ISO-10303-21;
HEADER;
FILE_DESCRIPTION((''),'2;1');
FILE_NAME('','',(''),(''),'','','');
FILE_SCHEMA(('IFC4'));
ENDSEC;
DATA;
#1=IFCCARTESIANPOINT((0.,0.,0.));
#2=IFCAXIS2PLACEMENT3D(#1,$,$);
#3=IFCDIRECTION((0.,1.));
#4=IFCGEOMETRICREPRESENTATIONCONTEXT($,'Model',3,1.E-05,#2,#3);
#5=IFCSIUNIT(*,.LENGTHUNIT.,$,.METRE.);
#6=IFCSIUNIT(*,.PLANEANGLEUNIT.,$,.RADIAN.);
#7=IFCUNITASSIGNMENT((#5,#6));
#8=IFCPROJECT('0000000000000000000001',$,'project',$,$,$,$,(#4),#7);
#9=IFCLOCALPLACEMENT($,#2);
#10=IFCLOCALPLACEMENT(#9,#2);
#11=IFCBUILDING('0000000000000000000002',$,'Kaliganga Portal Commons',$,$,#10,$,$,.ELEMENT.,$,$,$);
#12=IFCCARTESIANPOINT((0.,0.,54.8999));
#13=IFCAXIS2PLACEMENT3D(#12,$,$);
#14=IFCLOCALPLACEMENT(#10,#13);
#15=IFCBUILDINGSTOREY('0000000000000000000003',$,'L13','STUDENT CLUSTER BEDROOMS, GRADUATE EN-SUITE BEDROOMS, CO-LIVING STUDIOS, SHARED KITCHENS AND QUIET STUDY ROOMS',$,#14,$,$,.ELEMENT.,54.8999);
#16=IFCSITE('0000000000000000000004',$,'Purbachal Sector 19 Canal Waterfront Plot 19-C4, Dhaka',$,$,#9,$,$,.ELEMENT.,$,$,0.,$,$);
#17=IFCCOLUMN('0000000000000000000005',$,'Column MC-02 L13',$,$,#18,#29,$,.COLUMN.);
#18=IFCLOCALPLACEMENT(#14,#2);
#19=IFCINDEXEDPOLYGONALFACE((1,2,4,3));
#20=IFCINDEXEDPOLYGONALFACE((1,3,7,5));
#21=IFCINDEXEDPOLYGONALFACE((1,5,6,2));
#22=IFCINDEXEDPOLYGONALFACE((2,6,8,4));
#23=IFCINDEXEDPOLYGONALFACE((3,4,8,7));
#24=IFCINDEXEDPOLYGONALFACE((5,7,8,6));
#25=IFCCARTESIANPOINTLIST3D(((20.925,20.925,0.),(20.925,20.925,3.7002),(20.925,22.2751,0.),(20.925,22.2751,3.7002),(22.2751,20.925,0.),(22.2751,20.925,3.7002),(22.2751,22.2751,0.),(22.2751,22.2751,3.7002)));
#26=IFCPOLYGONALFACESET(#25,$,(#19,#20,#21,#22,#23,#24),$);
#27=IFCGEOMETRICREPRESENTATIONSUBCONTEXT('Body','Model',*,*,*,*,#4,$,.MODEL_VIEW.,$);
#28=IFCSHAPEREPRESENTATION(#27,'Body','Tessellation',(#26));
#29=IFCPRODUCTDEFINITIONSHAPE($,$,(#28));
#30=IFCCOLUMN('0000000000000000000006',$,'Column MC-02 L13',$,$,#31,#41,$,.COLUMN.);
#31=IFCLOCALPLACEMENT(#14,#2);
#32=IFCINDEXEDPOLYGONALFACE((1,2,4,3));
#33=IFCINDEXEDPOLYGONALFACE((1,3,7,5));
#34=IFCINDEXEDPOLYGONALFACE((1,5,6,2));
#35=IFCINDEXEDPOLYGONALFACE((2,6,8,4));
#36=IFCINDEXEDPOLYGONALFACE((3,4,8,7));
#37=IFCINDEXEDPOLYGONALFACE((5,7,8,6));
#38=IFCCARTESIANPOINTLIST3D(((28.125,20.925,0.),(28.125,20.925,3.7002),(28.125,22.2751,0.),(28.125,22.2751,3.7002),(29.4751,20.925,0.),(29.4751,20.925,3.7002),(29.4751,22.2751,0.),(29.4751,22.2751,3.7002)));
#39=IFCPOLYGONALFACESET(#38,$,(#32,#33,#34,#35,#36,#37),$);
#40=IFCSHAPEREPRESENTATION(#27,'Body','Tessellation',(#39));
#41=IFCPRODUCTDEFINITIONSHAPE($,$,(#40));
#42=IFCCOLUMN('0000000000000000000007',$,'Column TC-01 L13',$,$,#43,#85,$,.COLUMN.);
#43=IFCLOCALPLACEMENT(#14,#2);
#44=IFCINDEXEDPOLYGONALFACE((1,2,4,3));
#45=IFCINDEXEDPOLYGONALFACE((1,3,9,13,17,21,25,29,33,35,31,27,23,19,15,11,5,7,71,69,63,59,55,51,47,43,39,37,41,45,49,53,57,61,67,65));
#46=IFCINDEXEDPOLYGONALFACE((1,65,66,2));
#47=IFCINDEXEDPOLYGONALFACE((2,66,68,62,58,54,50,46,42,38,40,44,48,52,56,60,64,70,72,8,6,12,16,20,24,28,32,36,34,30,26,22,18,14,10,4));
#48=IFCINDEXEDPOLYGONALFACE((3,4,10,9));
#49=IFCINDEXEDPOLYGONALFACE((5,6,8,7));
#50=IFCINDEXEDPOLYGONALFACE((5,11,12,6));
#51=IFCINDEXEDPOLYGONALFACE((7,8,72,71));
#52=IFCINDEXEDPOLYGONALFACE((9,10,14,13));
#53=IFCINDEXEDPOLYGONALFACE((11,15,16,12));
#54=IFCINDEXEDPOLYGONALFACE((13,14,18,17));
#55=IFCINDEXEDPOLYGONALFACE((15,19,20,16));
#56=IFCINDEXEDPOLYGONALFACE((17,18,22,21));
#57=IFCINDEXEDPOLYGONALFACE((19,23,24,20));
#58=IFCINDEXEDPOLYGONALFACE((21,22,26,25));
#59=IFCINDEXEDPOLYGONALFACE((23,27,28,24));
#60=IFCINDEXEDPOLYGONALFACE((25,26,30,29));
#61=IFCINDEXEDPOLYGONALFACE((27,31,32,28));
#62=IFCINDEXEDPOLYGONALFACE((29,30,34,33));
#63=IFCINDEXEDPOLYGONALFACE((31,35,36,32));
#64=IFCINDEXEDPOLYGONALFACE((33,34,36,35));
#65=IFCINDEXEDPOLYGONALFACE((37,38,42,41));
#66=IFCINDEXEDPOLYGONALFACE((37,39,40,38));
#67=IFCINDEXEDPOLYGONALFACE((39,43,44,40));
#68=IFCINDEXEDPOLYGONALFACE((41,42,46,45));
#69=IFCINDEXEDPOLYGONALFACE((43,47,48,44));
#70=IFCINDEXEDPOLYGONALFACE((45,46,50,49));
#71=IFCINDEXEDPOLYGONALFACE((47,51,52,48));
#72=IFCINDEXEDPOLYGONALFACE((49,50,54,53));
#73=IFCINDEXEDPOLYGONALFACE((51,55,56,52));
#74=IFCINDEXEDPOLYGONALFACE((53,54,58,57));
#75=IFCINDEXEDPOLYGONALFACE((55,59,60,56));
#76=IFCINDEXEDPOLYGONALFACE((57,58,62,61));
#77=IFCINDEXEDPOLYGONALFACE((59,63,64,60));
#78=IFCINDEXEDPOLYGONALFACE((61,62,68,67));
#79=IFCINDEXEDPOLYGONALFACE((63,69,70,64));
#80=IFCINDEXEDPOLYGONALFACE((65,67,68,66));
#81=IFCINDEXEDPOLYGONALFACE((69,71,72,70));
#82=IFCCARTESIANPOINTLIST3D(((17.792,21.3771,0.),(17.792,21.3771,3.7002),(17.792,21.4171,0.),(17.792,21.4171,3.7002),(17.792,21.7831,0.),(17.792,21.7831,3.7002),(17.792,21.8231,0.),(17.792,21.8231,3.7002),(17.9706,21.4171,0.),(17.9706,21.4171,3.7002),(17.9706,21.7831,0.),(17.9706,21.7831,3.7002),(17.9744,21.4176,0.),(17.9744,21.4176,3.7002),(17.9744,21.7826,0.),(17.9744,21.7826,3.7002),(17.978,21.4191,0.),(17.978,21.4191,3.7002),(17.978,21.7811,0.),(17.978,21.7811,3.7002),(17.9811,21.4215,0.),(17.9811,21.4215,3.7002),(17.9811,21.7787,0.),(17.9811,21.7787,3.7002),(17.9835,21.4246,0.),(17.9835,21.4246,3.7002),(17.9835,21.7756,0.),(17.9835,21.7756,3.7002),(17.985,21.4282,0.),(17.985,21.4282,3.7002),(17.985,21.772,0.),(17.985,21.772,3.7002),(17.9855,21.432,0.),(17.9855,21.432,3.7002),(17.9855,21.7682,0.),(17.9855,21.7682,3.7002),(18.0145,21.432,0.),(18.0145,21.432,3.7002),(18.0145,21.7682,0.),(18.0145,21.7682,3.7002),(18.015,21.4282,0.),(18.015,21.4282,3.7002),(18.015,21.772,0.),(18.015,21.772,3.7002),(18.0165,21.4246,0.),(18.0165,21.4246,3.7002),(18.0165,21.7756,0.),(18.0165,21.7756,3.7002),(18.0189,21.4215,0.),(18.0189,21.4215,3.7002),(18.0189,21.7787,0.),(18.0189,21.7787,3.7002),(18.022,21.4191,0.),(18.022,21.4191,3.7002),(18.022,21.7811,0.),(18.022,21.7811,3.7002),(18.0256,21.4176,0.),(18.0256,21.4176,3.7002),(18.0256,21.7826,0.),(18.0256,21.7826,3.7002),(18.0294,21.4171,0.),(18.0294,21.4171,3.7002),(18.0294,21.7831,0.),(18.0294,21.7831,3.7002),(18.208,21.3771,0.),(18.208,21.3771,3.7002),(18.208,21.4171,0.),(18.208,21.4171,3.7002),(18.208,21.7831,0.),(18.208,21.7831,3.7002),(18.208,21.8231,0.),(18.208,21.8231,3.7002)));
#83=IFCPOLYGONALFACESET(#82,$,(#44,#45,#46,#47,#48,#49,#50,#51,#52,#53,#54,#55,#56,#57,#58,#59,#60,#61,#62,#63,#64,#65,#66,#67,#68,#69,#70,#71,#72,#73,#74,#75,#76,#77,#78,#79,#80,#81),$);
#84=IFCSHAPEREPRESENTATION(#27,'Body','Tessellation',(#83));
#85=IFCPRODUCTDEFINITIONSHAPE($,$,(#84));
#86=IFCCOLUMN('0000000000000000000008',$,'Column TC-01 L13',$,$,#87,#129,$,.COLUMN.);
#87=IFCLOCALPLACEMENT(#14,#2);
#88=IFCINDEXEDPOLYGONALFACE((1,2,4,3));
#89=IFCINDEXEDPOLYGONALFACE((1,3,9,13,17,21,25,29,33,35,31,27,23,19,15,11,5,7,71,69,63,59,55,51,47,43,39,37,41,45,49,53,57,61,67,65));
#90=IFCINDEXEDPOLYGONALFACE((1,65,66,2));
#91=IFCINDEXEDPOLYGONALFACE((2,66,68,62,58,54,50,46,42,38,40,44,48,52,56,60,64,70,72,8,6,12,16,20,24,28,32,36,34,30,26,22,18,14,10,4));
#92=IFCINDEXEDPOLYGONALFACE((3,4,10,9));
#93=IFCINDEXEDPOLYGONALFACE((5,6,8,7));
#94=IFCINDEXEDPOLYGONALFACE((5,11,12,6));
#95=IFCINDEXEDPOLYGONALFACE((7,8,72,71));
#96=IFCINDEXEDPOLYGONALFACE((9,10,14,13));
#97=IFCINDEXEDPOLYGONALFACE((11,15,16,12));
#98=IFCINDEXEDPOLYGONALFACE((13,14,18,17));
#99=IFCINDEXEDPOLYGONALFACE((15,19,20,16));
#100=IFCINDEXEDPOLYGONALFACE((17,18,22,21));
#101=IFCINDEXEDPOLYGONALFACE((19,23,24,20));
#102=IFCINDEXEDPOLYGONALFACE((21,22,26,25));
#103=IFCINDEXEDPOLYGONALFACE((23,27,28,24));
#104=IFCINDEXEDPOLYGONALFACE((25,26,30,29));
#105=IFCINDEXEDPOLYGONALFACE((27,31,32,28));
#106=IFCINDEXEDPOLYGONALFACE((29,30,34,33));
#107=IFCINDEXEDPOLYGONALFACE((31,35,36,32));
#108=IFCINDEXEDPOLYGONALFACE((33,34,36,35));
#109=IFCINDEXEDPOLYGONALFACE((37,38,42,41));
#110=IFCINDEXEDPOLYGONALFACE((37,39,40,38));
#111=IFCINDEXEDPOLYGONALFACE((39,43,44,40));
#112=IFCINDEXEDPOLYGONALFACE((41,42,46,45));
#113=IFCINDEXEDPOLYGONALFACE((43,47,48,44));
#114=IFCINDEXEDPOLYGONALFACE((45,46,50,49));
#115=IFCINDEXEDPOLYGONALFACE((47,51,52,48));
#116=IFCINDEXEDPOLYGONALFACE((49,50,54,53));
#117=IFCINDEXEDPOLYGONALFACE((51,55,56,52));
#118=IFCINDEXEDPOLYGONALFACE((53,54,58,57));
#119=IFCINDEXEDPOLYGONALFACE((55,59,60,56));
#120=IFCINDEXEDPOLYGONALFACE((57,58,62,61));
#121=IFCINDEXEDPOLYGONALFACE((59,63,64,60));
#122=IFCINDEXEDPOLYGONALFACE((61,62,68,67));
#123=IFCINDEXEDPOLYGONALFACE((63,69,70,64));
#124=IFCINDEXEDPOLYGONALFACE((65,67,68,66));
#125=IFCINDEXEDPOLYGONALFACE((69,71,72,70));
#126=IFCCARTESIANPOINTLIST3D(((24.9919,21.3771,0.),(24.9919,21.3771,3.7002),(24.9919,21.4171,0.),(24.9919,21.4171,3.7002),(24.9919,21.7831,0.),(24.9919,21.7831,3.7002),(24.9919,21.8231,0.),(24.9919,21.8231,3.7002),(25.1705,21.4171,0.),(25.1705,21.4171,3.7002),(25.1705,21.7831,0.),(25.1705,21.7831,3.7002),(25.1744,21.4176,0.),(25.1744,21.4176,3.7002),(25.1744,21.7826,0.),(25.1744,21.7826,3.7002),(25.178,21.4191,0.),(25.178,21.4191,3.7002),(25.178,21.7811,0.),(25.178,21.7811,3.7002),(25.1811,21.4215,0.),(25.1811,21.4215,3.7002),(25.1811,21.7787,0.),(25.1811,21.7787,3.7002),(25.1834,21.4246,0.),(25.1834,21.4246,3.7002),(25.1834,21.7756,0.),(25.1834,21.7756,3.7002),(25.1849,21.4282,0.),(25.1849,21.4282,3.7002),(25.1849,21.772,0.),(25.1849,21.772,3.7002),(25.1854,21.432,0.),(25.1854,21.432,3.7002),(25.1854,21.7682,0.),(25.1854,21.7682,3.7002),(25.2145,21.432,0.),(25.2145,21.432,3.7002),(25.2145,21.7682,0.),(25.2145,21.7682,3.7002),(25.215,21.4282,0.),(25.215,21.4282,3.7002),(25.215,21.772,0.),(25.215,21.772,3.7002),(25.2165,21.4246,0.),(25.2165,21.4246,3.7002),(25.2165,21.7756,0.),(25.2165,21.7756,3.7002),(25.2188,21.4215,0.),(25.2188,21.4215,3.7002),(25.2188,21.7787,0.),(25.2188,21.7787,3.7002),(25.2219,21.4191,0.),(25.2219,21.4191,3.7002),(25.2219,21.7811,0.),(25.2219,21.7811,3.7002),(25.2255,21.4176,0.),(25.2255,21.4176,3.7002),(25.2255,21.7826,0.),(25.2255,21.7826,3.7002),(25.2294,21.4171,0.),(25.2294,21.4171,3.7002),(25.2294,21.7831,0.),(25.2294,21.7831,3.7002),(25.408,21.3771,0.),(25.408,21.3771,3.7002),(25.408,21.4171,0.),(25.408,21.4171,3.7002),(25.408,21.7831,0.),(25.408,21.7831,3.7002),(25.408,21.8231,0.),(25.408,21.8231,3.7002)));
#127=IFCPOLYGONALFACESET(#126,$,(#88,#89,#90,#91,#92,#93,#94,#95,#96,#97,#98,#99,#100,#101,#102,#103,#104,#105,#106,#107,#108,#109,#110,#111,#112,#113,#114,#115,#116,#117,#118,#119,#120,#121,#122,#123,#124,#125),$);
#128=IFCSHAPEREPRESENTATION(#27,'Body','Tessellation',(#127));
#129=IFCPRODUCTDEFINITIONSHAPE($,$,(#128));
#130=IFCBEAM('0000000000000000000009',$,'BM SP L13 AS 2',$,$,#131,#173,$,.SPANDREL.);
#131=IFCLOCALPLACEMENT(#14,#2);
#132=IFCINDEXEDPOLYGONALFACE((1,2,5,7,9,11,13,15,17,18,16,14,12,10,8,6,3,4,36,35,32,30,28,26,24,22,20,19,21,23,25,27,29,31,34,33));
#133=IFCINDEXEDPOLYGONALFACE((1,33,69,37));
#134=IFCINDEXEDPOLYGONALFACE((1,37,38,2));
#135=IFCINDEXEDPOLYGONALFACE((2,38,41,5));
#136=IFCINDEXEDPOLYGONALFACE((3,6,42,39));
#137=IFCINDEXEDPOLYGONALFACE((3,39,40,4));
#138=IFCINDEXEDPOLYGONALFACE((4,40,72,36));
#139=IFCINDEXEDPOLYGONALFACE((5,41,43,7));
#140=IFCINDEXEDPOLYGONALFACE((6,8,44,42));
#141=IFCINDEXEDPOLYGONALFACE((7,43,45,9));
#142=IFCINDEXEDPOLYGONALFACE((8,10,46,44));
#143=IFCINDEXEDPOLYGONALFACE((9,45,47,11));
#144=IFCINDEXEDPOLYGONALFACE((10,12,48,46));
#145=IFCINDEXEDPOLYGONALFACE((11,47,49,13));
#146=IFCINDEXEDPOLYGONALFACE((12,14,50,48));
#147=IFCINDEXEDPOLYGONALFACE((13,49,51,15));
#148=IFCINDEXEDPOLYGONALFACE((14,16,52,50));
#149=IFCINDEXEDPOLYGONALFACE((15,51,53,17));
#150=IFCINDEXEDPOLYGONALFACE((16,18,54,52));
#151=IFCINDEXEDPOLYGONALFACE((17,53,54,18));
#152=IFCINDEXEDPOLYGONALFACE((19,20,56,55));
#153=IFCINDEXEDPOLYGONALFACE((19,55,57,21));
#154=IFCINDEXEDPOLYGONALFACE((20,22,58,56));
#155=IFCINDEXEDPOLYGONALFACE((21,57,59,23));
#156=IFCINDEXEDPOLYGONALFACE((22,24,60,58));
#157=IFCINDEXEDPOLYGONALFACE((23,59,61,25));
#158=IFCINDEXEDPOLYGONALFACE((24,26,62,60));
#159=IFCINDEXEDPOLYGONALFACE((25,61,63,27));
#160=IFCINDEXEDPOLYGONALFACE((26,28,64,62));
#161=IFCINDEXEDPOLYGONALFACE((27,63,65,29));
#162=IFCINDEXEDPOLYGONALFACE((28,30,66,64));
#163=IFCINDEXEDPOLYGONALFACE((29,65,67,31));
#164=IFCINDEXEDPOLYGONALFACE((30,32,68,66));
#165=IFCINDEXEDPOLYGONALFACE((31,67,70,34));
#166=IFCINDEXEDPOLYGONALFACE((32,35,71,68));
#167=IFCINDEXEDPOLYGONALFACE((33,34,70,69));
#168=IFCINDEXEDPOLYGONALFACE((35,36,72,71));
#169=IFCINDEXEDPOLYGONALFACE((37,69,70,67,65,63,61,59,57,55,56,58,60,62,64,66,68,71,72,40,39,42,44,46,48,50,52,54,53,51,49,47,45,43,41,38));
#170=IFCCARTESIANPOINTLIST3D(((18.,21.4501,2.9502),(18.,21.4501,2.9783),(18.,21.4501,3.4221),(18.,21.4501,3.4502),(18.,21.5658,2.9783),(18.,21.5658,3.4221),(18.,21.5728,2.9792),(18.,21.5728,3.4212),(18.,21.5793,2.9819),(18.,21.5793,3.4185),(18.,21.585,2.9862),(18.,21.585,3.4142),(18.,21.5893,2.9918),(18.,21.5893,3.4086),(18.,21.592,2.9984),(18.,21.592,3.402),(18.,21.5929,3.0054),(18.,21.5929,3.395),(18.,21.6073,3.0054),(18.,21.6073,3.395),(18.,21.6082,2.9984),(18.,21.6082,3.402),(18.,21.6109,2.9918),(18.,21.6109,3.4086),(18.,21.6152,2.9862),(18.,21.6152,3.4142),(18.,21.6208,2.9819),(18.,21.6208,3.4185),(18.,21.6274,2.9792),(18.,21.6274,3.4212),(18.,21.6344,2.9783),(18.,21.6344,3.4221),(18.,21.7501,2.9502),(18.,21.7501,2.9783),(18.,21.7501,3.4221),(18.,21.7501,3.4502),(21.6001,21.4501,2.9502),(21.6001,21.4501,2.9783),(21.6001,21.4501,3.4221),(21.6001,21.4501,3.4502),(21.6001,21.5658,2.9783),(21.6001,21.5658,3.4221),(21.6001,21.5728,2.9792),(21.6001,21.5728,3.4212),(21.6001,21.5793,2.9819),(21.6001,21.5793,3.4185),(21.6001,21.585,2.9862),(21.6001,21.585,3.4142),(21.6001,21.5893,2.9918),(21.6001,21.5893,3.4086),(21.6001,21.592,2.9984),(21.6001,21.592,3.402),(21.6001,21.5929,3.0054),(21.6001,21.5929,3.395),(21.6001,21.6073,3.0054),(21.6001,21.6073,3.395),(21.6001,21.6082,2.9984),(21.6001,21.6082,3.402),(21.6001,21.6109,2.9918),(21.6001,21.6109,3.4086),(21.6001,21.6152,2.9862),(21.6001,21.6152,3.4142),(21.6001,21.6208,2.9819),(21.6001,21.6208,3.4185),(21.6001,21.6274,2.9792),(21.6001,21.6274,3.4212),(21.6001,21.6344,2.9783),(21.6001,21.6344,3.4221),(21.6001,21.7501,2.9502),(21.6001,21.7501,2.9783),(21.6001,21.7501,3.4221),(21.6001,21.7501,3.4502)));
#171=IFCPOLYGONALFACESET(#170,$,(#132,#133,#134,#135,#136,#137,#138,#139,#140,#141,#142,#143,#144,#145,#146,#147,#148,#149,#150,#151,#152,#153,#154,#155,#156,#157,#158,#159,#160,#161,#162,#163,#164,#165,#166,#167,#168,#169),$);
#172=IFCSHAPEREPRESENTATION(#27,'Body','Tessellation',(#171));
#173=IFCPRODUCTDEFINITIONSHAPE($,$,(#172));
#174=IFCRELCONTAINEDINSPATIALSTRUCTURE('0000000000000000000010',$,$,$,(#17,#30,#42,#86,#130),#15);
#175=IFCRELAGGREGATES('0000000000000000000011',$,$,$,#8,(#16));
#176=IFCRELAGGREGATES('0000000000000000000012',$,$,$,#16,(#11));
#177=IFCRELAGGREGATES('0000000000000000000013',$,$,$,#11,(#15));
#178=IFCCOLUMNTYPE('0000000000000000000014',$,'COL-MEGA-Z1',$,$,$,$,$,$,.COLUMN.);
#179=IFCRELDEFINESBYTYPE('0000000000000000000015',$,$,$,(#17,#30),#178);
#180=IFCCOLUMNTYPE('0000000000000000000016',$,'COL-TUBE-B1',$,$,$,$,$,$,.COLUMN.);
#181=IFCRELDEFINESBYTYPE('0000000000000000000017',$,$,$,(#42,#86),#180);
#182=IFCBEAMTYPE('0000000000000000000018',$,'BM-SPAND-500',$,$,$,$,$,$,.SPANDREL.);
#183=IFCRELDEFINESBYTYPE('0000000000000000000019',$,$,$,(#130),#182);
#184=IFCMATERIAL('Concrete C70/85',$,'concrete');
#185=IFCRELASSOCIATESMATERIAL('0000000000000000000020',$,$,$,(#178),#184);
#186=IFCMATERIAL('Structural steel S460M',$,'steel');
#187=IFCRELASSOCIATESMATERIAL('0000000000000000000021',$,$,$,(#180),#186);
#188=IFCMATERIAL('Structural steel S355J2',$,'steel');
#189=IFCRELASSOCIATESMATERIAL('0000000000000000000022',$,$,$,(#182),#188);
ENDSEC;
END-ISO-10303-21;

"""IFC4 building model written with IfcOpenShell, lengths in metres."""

from ifc_helpers import new_model, si_unit, direction, frame, origin, origin_2d, place, context, subcontext, project, spatial, rectangle, i_section, extrude, source, transform, mapped, material, material_profile, profile_set, type_object, element, save


model = new_model("IFC4")

# Units and contexts
model_context = context("Model", 3, precision=1e-05, world=origin(), true_north=direction((0.0, 1.0)))
body_context = subcontext(model_context, "Body", "Model", "MODEL_VIEW")
ifc_project = project(units=[si_unit("LENGTHUNIT", "METRE"), si_unit("PLANEANGLEUNIT", "RADIAN")], contexts=[model_context])

# Site, building, storey
site_placement = place(None, origin())
site = spatial("IfcSite", under=ifc_project, at=site_placement, Name="Purbachal Sector 19 Canal Waterfront Plot 19-C4, Dhaka", CompositionType="ELEMENT", RefElevation=0.0)
building_placement = place(site_placement, origin())
building = spatial("IfcBuilding", under=site, at=building_placement, Name="Kaliganga Portal Commons", CompositionType="ELEMENT")
storey_placement = place(building_placement, frame((0.0, 0.0, 54.8999)))
storey = spatial("IfcBuildingStorey", under=building, at=storey_placement, Name="L13", Description="STUDENT CLUSTER BEDROOMS, GRADUATE EN-SUITE BEDROOMS, CO-LIVING STUDIOS, SHARED KITCHENS AND QUIET STUDY ROOMS", CompositionType="ELEMENT", Elevation=54.8999)

# Columns
ifc_material_1 = material(Name="Concrete C70/85", Category="concrete")
ifc_material_profile_1 = material_profile(ifc_material_1, rectangle(XDim=1.3501, YDim=1.3501, at=origin_2d()), Name="RC 1350x1350")
ifc_profile_set_1 = profile_set([ifc_material_profile_1], Name="Concrete C70/85")
column_type_1 = type_object("IfcColumnType", Name="COL-MEGA-Z1", PredefinedType="COLUMN", material=ifc_profile_set_1)
shared_shape_1 = source(origin(), body_context, "Body", "SweptSolid", [
    extrude(rectangle(XDim=1.3501, YDim=1.3501, at=origin_2d()), origin(), (0.0, 0.0, 1.0), 3.7002),
])
for number, where, z_axis, x_axis, name in (
    (1, (21.6001, 21.6001, 0.0), (0.0, 0.0, 1.0), (1.0, 0.0, 0.0), "Column MC-02 L13"),
    (2, (28.8, 21.6001, 0.0), (0.0, 0.0, 1.0), (1.0, 0.0, 0.0), "Column MC-02 L13"),
):
    element("IfcColumn", number, at=place(storey_placement, frame(where, z_axis=z_axis, x_axis=x_axis)), inside=storey, type_object=column_type_1, Name=name, PredefinedType="COLUMN", context=body_context, shape_type="MappedRepresentation", body=[
        mapped(shared_shape_1, transform((0.0, 0.0, 0.0), x_axis=(1.0, 0.0, 0.0), y_axis=(0.0, 1.0, 0.0), z_axis=(0.0, 0.0, 1.0), scale=1.0)),
    ])
ifc_material_2 = material(Name="Structural steel S460M", Category="steel")
ifc_material_profile_2 = material_profile(ifc_material_2, i_section(OverallWidth=0.416, OverallDepth=0.446, WebThickness=0.0291, FlangeThickness=0.04, FilletRadius=0.0149, at=origin_2d()), Name="HD 400x509")
ifc_profile_set_2 = profile_set([ifc_material_profile_2], Name="Structural steel S460M wide-flange")
column_type_2 = type_object("IfcColumnType", Name="COL-TUBE-B1", PredefinedType="COLUMN", material=ifc_profile_set_2)
shared_shape_2 = source(origin(), body_context, "Body", "SweptSolid", [
    extrude(i_section(OverallWidth=0.416, OverallDepth=0.446, WebThickness=0.0291, FlangeThickness=0.04, FilletRadius=0.0149, at=origin_2d()), origin(), (0.0, 0.0, 1.0), 3.7002),
])
for number, where, z_axis, x_axis, name in (
    (3, (18.0, 21.6001, 0.0), (0.0, 0.0, 1.0), (1.0, 0.0, 0.0), "Column TC-01 L13"),
    (4, (25.2, 21.6001, 0.0), (0.0, 0.0, 1.0), (1.0, 0.0, 0.0), "Column TC-01 L13"),
):
    element("IfcColumn", number, at=place(storey_placement, frame(where, z_axis=z_axis, x_axis=x_axis)), inside=storey, type_object=column_type_2, Name=name, PredefinedType="COLUMN", context=body_context, shape_type="MappedRepresentation", body=[
        mapped(shared_shape_2, transform((0.0, 0.0, 0.0), x_axis=(1.0, 0.0, 0.0), y_axis=(0.0, 1.0, 0.0), z_axis=(0.0, 0.0, 1.0), scale=1.0)),
    ])

# Beam
ifc_material_3 = material(Name="Structural steel S355J2", Category="steel")
ifc_material_profile_3 = material_profile(ifc_material_3, i_section(OverallWidth=0.3, OverallDepth=0.5, WebThickness=0.0144, FlangeThickness=0.0281, FilletRadius=0.0271, at=origin_2d()), Name="HE 500 B")
ifc_profile_set_3 = profile_set([ifc_material_profile_3], Name="Structural steel S355J2 wide-flange")
beam_type_1 = type_object("IfcBeamType", Name="BM-SPAND-500", PredefinedType="SPANDREL", material=ifc_profile_set_3)
shared_shape_3 = source(origin(), body_context, "Body", "SweptSolid", [
    extrude(i_section(OverallWidth=0.3, OverallDepth=0.5, WebThickness=0.0144, FlangeThickness=0.0281, FilletRadius=0.0271, at=origin_2d()), origin(), (0.0, 0.0, 1.0), 3.6001),
])
for number, where, z_axis, x_axis, name in (
    (5, (18.0, 21.6001, 3.2002), (1.0, 0.0, 0.0), (0.0, 1.0, 0.0), "BM SP L13 AS 2"),
):
    element("IfcBeam", number, at=place(storey_placement, frame(where, z_axis=z_axis, x_axis=x_axis)), inside=storey, type_object=beam_type_1, Name=name, PredefinedType="SPANDREL", context=body_context, shape_type="MappedRepresentation", body=[
        mapped(shared_shape_3, transform((0.0, 0.0, 0.0), x_axis=(1.0, 0.0, 0.0), y_axis=(0.0, 1.0, 0.0), z_axis=(0.0, 0.0, 1.0), scale=1.0)),
    ])

save(model, "model.ifc")
